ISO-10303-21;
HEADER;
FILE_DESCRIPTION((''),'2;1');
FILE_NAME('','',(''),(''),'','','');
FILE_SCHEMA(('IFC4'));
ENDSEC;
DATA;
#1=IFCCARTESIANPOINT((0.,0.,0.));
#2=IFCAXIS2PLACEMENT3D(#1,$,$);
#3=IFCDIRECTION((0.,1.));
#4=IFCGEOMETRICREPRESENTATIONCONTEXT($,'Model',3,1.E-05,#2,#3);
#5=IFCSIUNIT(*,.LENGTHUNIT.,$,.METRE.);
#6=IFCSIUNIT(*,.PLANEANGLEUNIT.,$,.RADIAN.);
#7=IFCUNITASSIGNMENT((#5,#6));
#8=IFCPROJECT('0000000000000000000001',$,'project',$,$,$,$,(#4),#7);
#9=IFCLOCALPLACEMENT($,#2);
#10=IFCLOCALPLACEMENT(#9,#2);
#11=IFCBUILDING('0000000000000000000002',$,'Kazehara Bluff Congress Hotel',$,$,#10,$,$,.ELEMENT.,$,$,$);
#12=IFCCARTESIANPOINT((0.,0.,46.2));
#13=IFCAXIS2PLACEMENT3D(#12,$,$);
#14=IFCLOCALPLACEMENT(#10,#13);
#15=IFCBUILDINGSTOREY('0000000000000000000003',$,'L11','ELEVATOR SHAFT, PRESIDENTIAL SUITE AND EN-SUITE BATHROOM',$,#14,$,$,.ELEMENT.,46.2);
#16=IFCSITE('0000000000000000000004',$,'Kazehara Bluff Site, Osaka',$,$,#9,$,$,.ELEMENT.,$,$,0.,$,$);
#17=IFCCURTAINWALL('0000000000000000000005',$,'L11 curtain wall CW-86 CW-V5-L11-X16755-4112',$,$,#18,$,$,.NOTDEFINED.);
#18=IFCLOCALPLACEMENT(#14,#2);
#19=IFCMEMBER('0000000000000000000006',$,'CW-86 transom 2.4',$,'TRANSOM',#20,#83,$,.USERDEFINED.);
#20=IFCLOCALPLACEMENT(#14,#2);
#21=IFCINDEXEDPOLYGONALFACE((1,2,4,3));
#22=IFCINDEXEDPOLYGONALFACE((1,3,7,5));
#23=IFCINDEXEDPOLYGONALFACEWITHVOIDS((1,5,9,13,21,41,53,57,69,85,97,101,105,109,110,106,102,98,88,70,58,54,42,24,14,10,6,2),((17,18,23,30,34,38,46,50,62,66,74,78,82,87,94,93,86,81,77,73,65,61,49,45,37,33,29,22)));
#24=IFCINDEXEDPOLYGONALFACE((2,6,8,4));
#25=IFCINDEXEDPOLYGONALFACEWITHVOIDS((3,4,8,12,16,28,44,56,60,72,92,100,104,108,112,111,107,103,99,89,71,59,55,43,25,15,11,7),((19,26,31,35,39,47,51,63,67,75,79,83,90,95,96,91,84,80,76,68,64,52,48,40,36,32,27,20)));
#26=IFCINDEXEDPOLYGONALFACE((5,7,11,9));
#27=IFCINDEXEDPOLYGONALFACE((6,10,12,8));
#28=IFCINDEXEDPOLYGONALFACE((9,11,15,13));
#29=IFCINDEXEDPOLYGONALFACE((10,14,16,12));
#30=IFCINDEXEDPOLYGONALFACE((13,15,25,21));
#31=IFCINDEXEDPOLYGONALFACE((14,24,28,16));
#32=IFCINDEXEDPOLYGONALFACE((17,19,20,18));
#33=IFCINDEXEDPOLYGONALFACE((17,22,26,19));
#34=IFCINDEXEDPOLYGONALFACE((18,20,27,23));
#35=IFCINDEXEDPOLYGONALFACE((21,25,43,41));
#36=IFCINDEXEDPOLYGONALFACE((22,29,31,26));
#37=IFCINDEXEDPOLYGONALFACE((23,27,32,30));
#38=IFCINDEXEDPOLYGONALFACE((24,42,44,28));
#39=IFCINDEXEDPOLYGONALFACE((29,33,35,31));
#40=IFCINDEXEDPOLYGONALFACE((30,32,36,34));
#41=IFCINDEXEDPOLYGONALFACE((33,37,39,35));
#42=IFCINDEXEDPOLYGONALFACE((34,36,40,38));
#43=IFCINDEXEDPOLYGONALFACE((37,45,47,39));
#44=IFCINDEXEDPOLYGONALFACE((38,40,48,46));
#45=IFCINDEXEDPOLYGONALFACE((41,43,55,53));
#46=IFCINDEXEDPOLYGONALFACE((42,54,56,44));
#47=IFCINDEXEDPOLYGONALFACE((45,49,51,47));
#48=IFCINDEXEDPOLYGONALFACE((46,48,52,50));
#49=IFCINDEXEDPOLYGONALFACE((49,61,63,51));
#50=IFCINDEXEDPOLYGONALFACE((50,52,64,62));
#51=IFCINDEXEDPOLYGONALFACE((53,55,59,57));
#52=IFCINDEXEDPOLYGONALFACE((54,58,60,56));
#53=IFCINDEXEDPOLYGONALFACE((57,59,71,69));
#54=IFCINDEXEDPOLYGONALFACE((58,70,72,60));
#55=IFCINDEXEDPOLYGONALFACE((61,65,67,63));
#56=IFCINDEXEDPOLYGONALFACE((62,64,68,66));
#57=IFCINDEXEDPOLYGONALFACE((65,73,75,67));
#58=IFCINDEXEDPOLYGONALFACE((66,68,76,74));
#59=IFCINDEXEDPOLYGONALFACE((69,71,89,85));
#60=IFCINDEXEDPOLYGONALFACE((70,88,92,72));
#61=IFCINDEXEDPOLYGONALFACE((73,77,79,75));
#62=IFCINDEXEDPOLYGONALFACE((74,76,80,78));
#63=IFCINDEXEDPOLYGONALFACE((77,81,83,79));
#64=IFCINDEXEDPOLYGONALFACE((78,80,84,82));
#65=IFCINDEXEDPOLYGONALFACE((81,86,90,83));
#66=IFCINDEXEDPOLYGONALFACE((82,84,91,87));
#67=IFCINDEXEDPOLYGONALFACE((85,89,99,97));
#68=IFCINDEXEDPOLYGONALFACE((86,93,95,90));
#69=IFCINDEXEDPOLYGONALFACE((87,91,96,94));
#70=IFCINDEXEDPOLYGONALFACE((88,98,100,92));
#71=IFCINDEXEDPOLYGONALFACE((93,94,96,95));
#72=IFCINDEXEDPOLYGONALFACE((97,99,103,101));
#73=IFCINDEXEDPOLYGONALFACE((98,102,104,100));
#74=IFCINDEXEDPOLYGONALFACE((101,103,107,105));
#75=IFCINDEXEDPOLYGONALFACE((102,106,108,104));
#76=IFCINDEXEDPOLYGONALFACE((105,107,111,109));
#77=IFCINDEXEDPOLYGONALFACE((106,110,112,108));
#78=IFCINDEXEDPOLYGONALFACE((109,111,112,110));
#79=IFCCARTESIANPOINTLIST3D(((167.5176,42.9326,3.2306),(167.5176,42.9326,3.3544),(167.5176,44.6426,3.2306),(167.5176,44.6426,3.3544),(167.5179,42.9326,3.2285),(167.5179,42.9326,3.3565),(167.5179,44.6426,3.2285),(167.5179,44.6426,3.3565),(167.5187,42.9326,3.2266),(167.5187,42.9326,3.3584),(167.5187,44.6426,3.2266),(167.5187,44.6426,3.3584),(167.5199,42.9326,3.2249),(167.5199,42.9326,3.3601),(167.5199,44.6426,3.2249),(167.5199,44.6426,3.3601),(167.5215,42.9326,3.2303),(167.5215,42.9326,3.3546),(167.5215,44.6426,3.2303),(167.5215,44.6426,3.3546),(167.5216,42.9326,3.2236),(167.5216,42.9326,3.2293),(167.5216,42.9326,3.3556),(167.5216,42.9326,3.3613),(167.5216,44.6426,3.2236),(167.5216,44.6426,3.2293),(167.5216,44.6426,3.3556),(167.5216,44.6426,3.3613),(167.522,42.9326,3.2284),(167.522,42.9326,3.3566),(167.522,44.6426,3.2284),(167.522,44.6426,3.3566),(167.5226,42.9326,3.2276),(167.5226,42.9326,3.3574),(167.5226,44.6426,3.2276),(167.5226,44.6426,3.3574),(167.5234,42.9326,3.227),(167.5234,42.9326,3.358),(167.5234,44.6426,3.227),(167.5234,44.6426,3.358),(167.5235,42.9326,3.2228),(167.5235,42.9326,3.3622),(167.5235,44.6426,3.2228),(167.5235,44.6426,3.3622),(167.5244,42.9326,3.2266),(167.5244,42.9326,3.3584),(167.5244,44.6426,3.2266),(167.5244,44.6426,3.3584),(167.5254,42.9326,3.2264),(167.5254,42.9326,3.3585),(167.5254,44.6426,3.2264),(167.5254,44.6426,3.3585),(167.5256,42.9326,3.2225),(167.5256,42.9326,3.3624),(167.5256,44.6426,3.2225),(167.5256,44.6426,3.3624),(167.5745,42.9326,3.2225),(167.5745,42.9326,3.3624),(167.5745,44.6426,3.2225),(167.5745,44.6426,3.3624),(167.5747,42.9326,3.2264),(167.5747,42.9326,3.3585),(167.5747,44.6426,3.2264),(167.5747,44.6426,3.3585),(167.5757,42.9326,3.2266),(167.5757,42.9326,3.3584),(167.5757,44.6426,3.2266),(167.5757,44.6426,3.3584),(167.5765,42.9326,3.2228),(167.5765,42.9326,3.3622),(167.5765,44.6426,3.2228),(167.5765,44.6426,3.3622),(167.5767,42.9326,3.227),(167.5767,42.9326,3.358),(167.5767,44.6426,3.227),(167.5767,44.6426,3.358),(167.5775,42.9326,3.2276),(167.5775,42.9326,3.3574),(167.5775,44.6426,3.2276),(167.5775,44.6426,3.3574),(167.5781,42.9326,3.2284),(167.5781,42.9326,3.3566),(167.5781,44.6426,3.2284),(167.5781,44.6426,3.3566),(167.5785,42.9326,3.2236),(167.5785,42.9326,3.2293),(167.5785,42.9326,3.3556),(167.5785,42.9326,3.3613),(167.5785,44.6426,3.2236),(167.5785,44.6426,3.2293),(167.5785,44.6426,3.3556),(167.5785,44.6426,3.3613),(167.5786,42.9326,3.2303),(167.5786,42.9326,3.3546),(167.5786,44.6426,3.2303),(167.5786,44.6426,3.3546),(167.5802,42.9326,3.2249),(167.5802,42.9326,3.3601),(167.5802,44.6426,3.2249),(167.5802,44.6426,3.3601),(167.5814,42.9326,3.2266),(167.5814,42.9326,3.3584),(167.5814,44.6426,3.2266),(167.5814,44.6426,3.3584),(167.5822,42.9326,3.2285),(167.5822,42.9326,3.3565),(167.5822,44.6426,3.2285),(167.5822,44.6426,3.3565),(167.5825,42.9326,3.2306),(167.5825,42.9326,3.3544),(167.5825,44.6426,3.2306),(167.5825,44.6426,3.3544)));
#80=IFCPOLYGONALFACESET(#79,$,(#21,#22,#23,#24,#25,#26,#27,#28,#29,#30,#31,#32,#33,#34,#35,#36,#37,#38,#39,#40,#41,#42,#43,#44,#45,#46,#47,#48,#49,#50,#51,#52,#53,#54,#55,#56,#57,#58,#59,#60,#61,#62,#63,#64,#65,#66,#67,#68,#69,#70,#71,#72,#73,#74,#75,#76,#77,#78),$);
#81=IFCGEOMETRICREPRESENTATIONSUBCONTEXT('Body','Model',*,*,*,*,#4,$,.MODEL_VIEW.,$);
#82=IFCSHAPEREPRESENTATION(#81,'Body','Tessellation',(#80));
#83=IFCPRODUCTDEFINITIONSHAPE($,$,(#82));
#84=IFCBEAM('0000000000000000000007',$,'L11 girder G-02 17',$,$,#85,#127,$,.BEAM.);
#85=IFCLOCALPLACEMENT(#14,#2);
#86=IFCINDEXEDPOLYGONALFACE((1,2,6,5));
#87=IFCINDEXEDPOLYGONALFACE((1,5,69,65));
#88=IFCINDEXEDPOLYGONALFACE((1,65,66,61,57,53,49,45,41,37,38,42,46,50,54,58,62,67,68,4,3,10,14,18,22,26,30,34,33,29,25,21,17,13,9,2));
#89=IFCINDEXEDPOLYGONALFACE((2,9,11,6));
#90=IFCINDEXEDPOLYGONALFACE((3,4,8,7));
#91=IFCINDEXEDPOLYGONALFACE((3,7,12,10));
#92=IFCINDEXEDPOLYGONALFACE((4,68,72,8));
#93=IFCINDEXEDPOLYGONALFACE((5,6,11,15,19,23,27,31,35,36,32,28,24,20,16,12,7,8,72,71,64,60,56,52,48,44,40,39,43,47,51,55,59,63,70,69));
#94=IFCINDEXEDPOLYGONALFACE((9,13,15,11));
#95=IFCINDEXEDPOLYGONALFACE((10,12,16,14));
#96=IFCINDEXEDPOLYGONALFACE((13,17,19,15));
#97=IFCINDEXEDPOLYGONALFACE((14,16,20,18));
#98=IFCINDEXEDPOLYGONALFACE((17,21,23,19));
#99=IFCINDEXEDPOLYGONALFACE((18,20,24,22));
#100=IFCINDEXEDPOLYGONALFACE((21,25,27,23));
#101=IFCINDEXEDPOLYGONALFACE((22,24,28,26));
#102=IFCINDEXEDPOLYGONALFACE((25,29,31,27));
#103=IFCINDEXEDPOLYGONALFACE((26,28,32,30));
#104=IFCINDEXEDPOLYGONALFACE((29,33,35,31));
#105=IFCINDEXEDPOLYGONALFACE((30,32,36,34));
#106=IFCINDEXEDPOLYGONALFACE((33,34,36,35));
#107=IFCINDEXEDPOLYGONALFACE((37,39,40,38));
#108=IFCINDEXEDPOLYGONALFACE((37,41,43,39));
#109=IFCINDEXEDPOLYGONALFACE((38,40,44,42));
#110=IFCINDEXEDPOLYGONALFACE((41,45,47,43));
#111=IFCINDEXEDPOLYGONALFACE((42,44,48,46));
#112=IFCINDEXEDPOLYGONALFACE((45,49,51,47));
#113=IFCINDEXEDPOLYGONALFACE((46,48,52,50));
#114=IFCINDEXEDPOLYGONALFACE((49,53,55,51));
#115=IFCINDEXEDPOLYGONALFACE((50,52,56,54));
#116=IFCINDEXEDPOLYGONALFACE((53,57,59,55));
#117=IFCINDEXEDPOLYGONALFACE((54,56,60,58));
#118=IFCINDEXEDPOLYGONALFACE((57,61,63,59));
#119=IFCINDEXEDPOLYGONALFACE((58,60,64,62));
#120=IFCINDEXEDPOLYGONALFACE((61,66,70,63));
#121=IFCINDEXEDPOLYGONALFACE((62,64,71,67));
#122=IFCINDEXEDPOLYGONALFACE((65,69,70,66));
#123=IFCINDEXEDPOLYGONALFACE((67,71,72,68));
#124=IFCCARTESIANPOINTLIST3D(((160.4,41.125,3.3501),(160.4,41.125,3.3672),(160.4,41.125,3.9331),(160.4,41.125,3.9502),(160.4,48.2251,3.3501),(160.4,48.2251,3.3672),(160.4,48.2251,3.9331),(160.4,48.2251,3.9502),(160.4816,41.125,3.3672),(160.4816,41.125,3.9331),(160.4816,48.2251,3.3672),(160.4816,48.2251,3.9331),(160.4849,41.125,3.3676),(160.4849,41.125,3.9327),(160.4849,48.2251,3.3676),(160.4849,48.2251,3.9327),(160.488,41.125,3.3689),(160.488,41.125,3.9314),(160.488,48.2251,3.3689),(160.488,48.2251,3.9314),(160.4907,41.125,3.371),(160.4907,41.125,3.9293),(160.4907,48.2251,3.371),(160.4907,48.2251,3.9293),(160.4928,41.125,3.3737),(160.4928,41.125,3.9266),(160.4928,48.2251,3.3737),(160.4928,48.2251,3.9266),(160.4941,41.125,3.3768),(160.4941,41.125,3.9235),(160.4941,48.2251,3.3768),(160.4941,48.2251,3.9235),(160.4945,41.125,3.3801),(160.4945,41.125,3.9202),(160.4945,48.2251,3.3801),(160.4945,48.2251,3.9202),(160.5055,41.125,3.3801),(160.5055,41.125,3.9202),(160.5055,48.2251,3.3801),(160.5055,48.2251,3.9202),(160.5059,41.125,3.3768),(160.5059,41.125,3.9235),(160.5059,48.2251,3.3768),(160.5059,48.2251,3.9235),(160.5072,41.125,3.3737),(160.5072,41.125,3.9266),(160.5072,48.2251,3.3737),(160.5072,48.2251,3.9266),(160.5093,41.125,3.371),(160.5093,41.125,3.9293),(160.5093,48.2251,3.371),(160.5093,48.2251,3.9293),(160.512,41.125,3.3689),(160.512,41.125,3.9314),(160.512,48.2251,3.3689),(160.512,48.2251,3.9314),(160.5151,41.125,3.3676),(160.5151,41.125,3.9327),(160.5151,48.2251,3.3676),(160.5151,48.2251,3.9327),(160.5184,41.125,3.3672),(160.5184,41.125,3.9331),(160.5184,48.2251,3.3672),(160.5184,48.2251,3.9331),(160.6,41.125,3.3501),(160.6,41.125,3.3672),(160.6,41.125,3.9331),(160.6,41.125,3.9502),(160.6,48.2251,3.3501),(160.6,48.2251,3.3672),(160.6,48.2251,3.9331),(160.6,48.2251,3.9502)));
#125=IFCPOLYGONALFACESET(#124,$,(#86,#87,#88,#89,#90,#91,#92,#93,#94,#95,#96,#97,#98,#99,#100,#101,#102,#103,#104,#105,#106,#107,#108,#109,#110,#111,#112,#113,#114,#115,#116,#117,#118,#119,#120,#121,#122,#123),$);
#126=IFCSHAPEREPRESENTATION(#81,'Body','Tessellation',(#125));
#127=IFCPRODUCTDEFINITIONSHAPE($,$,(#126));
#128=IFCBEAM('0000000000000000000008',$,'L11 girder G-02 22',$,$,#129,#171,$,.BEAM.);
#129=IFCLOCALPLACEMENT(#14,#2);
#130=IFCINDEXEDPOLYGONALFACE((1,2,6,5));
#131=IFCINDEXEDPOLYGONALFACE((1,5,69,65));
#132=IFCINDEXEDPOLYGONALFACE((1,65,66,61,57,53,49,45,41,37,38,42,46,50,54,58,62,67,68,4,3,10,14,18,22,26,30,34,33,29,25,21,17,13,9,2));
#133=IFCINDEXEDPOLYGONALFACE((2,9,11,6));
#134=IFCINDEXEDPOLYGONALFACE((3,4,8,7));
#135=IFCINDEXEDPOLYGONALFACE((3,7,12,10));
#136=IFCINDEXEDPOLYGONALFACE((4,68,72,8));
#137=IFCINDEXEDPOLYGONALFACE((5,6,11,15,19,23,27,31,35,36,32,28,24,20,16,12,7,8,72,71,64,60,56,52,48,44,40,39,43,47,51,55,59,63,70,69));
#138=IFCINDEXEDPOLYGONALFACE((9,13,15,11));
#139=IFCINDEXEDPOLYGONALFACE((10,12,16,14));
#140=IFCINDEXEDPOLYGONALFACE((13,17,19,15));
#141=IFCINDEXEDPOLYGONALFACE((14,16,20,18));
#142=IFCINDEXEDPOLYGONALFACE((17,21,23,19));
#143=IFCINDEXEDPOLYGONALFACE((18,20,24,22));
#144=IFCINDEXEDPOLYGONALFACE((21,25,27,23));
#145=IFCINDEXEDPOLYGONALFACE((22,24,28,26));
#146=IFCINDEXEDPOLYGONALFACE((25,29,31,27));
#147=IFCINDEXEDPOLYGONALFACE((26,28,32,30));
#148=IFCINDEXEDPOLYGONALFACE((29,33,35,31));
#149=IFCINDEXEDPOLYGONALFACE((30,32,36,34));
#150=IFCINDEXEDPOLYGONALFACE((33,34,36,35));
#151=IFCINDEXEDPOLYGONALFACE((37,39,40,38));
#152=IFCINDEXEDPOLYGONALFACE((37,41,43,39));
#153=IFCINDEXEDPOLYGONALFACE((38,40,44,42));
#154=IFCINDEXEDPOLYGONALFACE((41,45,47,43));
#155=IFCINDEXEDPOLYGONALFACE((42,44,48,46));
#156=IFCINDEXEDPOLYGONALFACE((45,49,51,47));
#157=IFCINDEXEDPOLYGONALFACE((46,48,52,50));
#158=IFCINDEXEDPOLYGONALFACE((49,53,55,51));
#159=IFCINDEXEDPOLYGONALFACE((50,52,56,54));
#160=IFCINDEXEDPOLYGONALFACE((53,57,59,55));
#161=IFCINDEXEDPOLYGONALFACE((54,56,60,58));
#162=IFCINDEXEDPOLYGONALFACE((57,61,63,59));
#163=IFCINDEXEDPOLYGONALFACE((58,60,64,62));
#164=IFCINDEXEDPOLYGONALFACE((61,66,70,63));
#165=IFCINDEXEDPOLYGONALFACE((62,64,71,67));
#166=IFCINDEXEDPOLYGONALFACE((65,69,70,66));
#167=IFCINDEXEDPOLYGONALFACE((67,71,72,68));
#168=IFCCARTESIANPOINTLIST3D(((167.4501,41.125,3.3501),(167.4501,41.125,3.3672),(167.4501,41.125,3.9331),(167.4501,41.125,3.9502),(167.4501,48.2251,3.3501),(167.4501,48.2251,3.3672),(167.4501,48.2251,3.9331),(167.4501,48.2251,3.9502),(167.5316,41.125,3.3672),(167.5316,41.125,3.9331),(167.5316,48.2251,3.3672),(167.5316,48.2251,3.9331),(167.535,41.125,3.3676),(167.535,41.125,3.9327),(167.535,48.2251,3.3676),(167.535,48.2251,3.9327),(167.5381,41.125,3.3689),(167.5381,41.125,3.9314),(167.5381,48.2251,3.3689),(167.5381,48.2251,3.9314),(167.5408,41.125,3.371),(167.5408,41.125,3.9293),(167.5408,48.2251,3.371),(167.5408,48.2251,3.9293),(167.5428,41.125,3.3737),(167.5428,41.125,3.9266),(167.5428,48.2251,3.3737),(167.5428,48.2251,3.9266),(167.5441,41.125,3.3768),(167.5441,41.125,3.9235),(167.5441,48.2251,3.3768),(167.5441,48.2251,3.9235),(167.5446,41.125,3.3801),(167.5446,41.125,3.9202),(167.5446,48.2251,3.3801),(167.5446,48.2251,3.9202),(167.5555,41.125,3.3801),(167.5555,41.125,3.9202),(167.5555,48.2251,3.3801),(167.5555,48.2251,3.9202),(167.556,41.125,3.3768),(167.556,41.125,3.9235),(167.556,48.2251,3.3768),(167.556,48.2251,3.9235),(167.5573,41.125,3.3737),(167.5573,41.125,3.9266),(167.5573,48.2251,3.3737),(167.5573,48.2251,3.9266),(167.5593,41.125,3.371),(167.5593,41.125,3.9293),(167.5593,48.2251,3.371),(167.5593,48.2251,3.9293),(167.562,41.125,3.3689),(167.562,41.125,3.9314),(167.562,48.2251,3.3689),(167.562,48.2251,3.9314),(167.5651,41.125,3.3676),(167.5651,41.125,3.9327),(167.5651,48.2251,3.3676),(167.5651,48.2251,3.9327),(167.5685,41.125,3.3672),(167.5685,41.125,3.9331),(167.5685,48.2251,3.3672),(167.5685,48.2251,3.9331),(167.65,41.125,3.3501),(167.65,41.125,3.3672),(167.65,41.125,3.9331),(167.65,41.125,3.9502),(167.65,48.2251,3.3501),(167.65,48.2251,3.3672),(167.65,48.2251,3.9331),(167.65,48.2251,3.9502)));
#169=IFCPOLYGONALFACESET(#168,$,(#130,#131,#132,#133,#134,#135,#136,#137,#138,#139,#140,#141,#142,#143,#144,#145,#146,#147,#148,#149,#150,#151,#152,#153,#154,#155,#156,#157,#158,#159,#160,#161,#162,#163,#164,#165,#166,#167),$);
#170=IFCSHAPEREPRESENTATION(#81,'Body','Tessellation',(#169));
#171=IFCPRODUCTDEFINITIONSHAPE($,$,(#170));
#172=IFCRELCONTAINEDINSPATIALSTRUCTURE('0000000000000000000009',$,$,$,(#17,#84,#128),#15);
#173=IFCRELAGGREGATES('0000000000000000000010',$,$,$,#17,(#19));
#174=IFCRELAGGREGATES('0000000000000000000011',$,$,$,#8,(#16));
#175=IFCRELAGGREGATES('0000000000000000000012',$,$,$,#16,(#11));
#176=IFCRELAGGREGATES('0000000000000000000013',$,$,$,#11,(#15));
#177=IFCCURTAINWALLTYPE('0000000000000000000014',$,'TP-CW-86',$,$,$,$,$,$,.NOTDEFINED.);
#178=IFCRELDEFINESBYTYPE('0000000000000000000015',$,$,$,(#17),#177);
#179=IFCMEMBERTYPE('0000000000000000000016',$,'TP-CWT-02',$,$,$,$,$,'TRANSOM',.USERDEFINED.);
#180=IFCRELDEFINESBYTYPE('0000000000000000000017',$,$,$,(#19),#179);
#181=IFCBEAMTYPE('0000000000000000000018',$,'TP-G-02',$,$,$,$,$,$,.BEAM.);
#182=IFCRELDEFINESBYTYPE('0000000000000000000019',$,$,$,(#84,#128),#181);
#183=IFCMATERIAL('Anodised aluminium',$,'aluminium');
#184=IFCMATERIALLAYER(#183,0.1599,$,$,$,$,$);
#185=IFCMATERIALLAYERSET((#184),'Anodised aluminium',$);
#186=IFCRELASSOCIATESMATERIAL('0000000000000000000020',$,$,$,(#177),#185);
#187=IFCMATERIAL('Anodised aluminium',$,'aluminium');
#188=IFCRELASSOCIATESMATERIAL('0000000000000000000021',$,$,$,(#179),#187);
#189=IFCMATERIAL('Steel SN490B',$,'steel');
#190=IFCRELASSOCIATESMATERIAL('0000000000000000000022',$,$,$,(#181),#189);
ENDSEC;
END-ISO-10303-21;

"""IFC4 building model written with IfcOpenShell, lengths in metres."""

from ifc_helpers import new_model, si_unit, direction, frame, origin, origin_2d, place, context, subcontext, project, spatial, hollow_rectangle, i_section, extrude, material, layer, layer_set, material_profile, profile_set, type_object, element, aggregate, save


model = new_model("IFC4")

# Units and contexts
model_context = context("Model", 3, precision=1e-05, world=origin(), true_north=direction((0.0, 1.0)))
body_context = subcontext(model_context, "Body", "Model", "MODEL_VIEW")
ifc_project = project(units=[si_unit("LENGTHUNIT", "METRE"), si_unit("PLANEANGLEUNIT", "RADIAN")], contexts=[model_context])

# Site, building, storey
site_placement = place(None, origin())
site = spatial("IfcSite", under=ifc_project, at=site_placement, Name="Kazehara Bluff Site, Osaka", CompositionType="ELEMENT", RefElevation=0.0)
building_placement = place(site_placement, origin())
building = spatial("IfcBuilding", under=site, at=building_placement, Name="Kazehara Bluff Congress Hotel", CompositionType="ELEMENT")
storey_placement = place(building_placement, frame((0.0, 0.0, 46.2)))
storey = spatial("IfcBuildingStorey", under=building, at=storey_placement, Name="L11", Description="ELEVATOR SHAFT, PRESIDENTIAL SUITE AND EN-SUITE BATHROOM", CompositionType="ELEMENT", Elevation=46.2)

# Curtain wall, member
ifc_material_1 = material(Name="Anodised aluminium", Category="aluminium")
ifc_layer_1 = layer(ifc_material_1, 0.1599)
ifc_layer_set_1 = layer_set([ifc_layer_1], Name="Anodised aluminium")
curtain_wall_type_1 = type_object("IfcCurtainWallType", Name="TP-CW-86", PredefinedType="NOTDEFINED", material=ifc_layer_set_1)
curtain_wall_1_placement = place(storey_placement, origin())
curtain_wall_1 = element("IfcCurtainWall", 1, at=curtain_wall_1_placement, inside=storey, type_object=curtain_wall_type_1, Name="L11 curtain wall CW-86 CW-V5-L11-X16755-4112", PredefinedType="NOTDEFINED")
ifc_material_2 = material(Name="Anodised aluminium", Category="aluminium")
ifc_material_profile_1 = material_profile(ifc_material_2, hollow_rectangle(XDim=0.0649, YDim=0.1399, WallThickness=0.0039, InnerFilletRadius=0.0039, OuterFilletRadius=0.0081, at=origin_2d()))
ifc_profile_set_1 = profile_set([ifc_material_profile_1], Name="Anodised aluminium")
member_type_1 = type_object("IfcMemberType", Name="TP-CWT-02", ElementType="TRANSOM", PredefinedType="USERDEFINED", material=ifc_profile_set_1)
member_1_placement = place(storey_placement, frame((167.55, 42.9326, 3.2925), z_axis=(0.0, 1.0, 0.0), x_axis=(-1.0, 0.0, 0.0)))
member_1 = element("IfcMember", 2, at=member_1_placement, type_object=member_type_1, Name="CW-86 transom 2.4", ObjectType="TRANSOM", PredefinedType="USERDEFINED", context=body_context, shape_type="SweptSolid", body=[
    extrude(hollow_rectangle(XDim=0.0649, YDim=0.1399, WallThickness=0.0039, InnerFilletRadius=0.0039, OuterFilletRadius=0.0081, at=origin_2d()), origin(), (0.0, 0.0, 1.0), 1.71),
])

# Beams
ifc_material_3 = material(Name="Steel SN490B", Category="steel")
ifc_material_profile_2 = material_profile(ifc_material_3, i_section(OverallWidth=0.2, OverallDepth=0.6001, WebThickness=0.011, FlangeThickness=0.0171, FilletRadius=0.0129, at=origin_2d()))
ifc_profile_set_2 = profile_set([ifc_material_profile_2], Name="Steel SN490B")
beam_type_1 = type_object("IfcBeamType", Name="TP-G-02", PredefinedType="BEAM", material=ifc_profile_set_2)
for number, where, z_axis, x_axis, name in (
    (3, (160.5, 41.125, 3.6501), (0.0, 1.0, 0.0), (-1.0, 0.0, 0.0), "L11 girder G-02 17"),
    (4, (167.55, 41.125, 3.6501), (0.0, 1.0, 0.0), (-1.0, 0.0, 0.0), "L11 girder G-02 22"),
):
    element("IfcBeam", number, at=place(storey_placement, frame(where, z_axis=z_axis, x_axis=x_axis)), inside=storey, type_object=beam_type_1, Name=name, PredefinedType="BEAM", context=body_context, shape_type="SweptSolid", body=[
        extrude(i_section(OverallWidth=0.2, OverallDepth=0.6001, WebThickness=0.011, FlangeThickness=0.0171, FilletRadius=0.0129, at=origin_2d()), origin(), (0.0, 0.0, 1.0), 7.1001),
    ])

aggregate(curtain_wall_1, [member_1])

save(model, "model.ifc")
